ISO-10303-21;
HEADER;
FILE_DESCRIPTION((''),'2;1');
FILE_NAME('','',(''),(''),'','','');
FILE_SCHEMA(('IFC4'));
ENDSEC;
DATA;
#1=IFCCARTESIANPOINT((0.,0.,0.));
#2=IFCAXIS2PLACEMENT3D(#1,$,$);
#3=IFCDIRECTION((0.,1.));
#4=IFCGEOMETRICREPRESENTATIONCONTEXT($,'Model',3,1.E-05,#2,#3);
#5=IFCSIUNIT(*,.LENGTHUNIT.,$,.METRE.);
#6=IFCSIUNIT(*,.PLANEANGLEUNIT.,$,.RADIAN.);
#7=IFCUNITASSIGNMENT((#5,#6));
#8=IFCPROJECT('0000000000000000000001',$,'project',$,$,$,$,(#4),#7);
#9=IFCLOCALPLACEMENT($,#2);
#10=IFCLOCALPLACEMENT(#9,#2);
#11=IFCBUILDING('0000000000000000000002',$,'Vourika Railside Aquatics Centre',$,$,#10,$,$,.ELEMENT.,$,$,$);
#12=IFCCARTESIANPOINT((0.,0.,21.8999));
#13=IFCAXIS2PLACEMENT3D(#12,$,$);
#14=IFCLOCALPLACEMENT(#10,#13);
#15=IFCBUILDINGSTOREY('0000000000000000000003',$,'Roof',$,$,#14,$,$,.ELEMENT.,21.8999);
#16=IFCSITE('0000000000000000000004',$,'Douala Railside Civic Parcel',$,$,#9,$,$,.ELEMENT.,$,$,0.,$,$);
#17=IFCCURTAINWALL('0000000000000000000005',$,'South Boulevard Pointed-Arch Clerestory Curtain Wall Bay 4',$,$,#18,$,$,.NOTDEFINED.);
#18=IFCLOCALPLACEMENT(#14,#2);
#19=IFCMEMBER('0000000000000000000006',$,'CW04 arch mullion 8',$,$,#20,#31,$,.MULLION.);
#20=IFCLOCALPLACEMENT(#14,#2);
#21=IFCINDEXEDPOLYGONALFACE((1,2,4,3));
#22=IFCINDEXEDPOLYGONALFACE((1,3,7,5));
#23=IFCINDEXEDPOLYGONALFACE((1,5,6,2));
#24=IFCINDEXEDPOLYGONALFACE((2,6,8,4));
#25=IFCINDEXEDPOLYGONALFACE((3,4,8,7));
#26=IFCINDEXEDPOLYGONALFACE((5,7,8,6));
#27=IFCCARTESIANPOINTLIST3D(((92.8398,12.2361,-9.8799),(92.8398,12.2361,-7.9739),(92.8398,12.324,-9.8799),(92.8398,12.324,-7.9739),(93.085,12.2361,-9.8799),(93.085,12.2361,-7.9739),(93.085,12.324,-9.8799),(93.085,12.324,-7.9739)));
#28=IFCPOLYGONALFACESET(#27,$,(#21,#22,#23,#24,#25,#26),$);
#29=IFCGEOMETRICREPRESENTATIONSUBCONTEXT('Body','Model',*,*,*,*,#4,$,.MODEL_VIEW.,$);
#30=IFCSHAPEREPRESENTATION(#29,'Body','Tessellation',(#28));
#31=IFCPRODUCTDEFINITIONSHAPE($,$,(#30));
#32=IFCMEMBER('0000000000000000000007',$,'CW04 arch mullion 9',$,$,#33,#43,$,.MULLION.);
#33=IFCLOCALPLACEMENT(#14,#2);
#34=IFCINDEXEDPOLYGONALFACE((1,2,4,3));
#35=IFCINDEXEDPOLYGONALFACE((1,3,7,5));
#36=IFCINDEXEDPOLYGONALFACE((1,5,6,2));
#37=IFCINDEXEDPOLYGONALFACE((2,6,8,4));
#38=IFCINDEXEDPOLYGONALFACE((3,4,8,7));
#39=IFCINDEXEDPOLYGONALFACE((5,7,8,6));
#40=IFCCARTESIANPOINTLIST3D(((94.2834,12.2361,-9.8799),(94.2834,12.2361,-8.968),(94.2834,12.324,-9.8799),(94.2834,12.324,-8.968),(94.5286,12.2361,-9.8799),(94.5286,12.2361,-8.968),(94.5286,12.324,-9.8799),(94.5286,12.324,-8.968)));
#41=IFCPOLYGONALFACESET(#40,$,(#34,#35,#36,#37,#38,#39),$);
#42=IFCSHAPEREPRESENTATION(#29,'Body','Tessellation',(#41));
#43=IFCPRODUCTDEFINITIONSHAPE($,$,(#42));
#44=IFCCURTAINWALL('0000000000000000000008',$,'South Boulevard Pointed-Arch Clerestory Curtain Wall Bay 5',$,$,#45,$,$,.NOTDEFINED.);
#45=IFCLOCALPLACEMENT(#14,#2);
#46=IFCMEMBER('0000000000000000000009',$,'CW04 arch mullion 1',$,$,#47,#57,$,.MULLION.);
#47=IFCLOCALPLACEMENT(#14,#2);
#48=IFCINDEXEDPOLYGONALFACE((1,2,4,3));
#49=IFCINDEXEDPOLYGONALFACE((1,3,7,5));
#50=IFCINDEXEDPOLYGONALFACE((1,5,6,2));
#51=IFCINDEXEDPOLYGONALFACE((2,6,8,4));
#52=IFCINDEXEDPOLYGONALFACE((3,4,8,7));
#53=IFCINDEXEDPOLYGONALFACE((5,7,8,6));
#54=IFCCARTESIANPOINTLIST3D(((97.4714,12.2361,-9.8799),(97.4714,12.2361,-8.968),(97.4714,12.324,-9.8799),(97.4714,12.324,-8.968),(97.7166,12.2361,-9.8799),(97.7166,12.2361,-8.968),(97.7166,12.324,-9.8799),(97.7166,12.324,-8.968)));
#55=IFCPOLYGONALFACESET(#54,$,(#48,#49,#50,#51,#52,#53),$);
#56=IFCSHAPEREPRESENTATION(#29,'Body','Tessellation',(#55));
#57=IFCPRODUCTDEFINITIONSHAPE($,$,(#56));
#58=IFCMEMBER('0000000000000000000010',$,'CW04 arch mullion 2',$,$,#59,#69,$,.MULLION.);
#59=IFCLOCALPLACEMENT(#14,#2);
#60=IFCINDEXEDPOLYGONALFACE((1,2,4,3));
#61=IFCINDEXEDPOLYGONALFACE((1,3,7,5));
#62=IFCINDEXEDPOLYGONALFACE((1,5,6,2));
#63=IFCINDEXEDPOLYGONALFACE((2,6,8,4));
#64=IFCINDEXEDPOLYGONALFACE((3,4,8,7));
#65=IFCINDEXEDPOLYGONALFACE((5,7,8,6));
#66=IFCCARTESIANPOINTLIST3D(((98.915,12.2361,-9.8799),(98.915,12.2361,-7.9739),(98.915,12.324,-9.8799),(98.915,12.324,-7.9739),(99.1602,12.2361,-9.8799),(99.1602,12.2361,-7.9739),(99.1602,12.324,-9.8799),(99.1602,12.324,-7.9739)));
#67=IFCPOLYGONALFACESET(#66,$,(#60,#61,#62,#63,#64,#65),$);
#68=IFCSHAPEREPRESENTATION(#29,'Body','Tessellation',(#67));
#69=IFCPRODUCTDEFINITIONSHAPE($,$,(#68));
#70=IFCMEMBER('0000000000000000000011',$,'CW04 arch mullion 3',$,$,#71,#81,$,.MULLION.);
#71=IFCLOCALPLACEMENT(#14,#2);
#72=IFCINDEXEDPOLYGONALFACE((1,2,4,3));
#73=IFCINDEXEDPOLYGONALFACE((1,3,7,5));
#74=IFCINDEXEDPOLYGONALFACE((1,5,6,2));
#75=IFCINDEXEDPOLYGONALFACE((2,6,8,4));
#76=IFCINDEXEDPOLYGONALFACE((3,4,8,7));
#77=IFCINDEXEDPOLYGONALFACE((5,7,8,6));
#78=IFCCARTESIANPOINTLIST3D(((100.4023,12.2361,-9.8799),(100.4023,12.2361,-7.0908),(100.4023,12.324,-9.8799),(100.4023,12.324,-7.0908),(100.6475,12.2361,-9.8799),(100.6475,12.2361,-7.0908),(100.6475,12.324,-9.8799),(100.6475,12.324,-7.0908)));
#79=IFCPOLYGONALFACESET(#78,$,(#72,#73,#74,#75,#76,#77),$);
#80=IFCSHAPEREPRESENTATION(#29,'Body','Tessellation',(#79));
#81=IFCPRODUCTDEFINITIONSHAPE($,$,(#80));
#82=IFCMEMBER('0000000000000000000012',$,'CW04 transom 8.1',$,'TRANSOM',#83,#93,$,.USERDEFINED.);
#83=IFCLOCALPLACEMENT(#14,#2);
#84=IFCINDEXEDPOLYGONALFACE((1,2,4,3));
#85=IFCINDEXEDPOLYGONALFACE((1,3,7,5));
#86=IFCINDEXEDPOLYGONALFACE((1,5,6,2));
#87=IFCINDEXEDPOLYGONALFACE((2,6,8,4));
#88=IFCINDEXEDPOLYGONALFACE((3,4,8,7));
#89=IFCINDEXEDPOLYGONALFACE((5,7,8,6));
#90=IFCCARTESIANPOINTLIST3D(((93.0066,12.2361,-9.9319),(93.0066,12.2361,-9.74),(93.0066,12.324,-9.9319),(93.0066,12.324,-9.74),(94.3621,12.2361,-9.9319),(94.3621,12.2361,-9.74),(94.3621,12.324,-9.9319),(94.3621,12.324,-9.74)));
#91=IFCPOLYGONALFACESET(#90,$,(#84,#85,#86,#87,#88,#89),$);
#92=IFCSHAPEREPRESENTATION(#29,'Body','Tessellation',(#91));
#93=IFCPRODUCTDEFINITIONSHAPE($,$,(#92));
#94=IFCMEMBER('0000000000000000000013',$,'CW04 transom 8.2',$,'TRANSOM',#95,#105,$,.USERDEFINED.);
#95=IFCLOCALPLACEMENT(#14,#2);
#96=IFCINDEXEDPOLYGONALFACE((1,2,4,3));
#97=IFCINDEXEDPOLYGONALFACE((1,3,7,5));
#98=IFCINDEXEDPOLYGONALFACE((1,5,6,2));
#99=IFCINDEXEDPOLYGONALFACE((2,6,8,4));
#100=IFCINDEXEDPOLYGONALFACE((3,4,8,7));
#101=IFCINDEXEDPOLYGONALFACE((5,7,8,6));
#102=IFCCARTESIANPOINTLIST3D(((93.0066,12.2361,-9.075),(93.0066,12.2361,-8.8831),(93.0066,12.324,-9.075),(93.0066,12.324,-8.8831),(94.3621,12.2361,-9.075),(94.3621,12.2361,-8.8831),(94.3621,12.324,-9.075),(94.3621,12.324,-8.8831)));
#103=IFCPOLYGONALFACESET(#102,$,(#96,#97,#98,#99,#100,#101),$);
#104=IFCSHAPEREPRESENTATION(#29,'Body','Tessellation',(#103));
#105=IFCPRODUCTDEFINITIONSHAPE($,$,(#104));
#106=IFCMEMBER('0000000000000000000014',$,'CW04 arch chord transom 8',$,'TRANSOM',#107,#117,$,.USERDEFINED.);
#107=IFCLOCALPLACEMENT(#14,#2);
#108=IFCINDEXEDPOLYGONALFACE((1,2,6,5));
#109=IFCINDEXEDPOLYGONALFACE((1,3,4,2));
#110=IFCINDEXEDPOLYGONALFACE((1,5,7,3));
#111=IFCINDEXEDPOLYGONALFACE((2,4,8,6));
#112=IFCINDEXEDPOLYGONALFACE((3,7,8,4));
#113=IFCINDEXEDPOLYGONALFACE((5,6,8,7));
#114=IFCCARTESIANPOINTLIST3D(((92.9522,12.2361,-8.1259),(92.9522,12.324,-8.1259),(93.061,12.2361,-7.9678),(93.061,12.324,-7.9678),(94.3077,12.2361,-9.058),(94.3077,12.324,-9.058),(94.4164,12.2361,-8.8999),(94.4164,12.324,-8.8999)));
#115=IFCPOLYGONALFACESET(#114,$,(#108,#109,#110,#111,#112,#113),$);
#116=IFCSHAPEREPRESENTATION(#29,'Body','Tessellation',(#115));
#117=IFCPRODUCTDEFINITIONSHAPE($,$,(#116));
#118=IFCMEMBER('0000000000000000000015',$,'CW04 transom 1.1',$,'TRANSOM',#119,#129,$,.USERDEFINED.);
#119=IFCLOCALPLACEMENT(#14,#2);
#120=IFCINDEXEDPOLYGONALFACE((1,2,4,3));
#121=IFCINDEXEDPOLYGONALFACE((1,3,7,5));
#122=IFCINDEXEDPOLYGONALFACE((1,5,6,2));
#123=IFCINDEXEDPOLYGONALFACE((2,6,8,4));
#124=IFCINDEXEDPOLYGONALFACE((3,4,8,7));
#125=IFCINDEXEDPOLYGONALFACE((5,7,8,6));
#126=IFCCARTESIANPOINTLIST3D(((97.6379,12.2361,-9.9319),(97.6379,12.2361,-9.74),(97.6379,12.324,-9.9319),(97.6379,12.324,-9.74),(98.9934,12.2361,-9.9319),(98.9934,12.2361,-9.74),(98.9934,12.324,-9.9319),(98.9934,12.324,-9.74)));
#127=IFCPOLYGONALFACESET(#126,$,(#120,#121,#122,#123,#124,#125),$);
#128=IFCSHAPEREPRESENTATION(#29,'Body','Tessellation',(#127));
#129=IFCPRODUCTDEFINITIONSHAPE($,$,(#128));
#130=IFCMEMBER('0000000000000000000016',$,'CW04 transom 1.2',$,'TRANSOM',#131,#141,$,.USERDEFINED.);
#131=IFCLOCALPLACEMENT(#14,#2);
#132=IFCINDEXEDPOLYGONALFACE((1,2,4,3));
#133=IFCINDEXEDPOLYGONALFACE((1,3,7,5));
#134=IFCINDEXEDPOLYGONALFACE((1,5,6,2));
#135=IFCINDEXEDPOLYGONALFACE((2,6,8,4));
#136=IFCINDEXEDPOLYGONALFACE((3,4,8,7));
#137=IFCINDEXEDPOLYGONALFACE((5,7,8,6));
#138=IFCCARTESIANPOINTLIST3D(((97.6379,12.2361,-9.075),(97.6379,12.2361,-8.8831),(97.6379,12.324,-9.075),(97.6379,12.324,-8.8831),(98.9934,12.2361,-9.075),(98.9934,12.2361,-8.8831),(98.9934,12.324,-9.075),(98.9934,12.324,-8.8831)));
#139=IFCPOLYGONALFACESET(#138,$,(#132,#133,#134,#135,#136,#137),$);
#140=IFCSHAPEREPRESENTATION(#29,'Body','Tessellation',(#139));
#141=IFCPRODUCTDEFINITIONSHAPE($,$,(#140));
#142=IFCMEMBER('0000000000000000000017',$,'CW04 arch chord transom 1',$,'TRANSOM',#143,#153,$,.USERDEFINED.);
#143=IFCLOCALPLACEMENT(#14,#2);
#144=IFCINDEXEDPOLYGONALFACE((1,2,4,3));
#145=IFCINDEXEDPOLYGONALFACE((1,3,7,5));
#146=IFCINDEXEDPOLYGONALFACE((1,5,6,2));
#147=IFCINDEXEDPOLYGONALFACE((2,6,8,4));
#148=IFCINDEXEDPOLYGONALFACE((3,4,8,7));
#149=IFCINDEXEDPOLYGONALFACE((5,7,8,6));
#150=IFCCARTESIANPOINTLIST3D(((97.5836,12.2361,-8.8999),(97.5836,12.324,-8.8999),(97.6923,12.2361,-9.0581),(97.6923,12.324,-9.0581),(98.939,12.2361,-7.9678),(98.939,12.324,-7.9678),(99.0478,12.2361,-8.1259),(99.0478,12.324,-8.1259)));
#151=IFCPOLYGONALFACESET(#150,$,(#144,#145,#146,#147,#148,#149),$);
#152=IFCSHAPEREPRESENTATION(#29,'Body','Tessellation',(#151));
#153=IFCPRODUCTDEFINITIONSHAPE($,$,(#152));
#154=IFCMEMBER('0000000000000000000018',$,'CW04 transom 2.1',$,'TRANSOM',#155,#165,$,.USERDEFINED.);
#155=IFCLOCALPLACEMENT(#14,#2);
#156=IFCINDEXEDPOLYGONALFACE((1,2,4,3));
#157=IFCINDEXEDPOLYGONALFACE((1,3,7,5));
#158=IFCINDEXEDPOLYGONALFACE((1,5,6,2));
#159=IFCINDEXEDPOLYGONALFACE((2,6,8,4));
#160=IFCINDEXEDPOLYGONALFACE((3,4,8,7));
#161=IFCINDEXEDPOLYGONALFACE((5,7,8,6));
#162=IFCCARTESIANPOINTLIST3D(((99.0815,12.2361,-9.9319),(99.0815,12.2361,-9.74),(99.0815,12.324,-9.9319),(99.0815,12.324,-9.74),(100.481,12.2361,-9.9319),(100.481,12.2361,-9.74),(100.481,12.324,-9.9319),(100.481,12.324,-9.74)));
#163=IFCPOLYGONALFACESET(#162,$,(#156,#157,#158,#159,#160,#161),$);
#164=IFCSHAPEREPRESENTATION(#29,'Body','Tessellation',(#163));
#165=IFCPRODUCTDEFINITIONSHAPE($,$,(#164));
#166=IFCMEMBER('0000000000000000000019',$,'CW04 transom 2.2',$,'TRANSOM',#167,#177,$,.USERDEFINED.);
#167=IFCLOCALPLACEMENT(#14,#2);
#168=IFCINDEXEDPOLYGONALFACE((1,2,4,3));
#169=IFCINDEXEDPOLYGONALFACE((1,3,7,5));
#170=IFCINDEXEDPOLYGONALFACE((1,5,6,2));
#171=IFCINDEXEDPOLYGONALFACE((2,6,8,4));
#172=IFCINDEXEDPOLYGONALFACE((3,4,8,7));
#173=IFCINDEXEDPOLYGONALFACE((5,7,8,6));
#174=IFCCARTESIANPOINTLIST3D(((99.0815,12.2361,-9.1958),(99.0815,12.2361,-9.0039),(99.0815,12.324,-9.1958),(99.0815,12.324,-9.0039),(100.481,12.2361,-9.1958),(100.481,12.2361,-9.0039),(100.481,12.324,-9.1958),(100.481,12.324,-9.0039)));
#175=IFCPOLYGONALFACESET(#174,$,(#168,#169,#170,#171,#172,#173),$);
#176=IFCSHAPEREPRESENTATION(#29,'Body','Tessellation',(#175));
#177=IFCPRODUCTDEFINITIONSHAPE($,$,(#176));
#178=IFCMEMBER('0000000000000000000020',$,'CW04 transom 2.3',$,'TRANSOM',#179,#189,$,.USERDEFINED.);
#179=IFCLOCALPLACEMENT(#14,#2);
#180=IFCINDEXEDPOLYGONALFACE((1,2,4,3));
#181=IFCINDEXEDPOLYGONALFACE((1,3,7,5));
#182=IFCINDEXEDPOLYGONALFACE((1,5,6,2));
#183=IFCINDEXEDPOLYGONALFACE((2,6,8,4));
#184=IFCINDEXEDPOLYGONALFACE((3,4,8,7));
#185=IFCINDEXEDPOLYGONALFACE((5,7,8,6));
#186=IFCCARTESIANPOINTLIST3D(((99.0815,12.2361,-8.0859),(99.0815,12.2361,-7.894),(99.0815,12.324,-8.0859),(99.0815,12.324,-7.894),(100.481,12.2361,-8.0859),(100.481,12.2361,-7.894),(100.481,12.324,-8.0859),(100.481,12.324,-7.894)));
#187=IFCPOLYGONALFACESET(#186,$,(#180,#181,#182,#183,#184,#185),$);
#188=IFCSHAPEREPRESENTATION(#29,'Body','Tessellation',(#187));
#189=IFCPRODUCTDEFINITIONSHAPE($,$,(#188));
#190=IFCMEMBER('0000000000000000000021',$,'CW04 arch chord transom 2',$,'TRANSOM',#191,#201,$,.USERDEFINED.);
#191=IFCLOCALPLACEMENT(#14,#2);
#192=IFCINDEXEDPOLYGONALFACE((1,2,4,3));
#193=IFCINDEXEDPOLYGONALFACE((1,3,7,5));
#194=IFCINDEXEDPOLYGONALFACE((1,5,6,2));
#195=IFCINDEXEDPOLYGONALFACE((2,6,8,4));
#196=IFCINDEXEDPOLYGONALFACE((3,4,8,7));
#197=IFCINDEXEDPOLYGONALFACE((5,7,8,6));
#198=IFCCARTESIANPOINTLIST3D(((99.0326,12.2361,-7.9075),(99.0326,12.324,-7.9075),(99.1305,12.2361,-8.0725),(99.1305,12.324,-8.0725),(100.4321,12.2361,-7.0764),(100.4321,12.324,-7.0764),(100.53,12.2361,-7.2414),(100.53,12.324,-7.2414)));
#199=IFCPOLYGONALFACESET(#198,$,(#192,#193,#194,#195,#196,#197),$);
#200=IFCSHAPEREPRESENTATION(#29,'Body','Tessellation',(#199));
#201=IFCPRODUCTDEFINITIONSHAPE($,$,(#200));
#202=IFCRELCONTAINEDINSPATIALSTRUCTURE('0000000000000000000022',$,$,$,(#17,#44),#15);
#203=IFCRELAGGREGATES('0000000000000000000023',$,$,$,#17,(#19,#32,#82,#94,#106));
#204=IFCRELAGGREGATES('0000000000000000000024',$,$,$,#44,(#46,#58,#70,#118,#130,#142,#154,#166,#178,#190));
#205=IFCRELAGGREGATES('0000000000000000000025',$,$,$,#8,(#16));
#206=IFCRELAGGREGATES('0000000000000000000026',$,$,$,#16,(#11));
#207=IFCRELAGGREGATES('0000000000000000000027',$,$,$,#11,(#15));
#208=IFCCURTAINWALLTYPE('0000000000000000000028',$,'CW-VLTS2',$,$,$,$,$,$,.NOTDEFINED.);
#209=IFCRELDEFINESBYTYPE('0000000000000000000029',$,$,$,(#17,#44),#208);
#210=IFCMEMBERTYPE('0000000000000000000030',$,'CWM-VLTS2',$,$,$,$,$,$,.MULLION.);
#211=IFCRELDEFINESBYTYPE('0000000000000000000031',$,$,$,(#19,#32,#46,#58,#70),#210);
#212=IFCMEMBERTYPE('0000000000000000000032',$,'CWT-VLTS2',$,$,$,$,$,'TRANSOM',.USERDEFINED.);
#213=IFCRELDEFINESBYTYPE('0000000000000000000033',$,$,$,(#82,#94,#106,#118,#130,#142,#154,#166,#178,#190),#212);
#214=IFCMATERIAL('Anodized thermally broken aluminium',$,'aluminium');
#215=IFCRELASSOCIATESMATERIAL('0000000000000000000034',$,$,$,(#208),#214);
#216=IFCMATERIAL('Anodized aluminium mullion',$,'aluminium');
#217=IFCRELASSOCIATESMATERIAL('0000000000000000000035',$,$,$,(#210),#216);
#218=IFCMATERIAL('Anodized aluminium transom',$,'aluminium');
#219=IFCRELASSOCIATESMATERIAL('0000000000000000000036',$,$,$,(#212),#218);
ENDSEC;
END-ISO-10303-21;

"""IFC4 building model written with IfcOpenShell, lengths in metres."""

from ifc_helpers import new_model, si_unit, direction, frame, origin, origin_2d, place, context, subcontext, project, spatial, rectangle, extrude, material, material_profile, profile_set, type_object, element, aggregate, save


model = new_model("IFC4")

# Units and contexts
model_context = context("Model", 3, precision=1e-05, world=origin(), true_north=direction((0.0, 1.0)))
body_context = subcontext(model_context, "Body", "Model", "MODEL_VIEW")
ifc_project = project(units=[si_unit("LENGTHUNIT", "METRE"), si_unit("PLANEANGLEUNIT", "RADIAN")], contexts=[model_context])

# Site, building, storey
site_placement = place(None, origin())
site = spatial("IfcSite", under=ifc_project, at=site_placement, Name="Douala Railside Civic Parcel", CompositionType="ELEMENT", RefElevation=0.0)
building_placement = place(site_placement, origin())
building = spatial("IfcBuilding", under=site, at=building_placement, Name="Vourika Railside Aquatics Centre", CompositionType="ELEMENT")
storey_placement = place(building_placement, frame((0.0, 0.0, 21.8999)))
storey = spatial("IfcBuildingStorey", under=building, at=storey_placement, Name="Roof", CompositionType="ELEMENT", Elevation=21.8999)

# Curtain walls, members
ifc_material_1 = material(Name="Anodized thermally broken aluminium", Category="aluminium")
curtain_wall_type = type_object("IfcCurtainWallType", Name="CW-VLTS2", PredefinedType="NOTDEFINED", material=ifc_material_1)
curtain_wall_1_placement = place(storey_placement, origin())
curtain_wall_1 = element("IfcCurtainWall", 1, at=curtain_wall_1_placement, inside=storey, type_object=curtain_wall_type, Name="South Boulevard Pointed-Arch Clerestory Curtain Wall Bay 4", PredefinedType="NOTDEFINED")
ifc_material_2 = material(Name="Anodized aluminium mullion", Category="aluminium")
ifc_material_profile_1 = material_profile(ifc_material_2, rectangle(XDim=0.0879, YDim=0.2451, at=origin_2d()), Name="ALU-M 88x245")
ifc_profile_set_1 = profile_set([ifc_material_profile_1], Name="Anodized aluminium mullion")
member_type_1 = type_object("IfcMemberType", Name="CWM-VLTS2", PredefinedType="MULLION", material=ifc_profile_set_1)
member_1_placement = place(storey_placement, frame((92.9624, 12.28, -9.8799), z_axis=(0.0, 0.0, 1.0), x_axis=(0.0, 1.0, 0.0)))
member_1 = element("IfcMember", 2, at=member_1_placement, type_object=member_type_1, Name="CW04 arch mullion 8", PredefinedType="MULLION", context=body_context, shape_type="SweptSolid", body=[
    extrude(rectangle(XDim=0.0879, YDim=0.2451, at=origin_2d()), origin(), (0.0, 0.0, 1.0), 1.906),
])
member_2_placement = place(storey_placement, frame((94.406, 12.28, -9.8799), z_axis=(0.0, 0.0, 1.0), x_axis=(0.0, 1.0, 0.0)))
member_2 = element("IfcMember", 3, at=member_2_placement, type_object=member_type_1, Name="CW04 arch mullion 9", PredefinedType="MULLION", context=body_context, shape_type="SweptSolid", body=[
    extrude(rectangle(XDim=0.0879, YDim=0.2451, at=origin_2d()), origin(), (0.0, 0.0, 1.0), 0.9119),
])
curtain_wall_2_placement = place(storey_placement, origin())
curtain_wall_2 = element("IfcCurtainWall", 4, at=curtain_wall_2_placement, inside=storey, type_object=curtain_wall_type, Name="South Boulevard Pointed-Arch Clerestory Curtain Wall Bay 5", PredefinedType="NOTDEFINED")
member_3_placement = place(storey_placement, frame((97.594, 12.28, -9.8799), z_axis=(0.0, 0.0, 1.0), x_axis=(0.0, 1.0, 0.0)))
member_3 = element("IfcMember", 5, at=member_3_placement, type_object=member_type_1, Name="CW04 arch mullion 1", PredefinedType="MULLION", context=body_context, shape_type="SweptSolid", body=[
    extrude(rectangle(XDim=0.0879, YDim=0.2451, at=origin_2d()), origin(), (0.0, 0.0, 1.0), 0.9119),
])
member_4_placement = place(storey_placement, frame((99.0376, 12.28, -9.8799), z_axis=(0.0, 0.0, 1.0), x_axis=(0.0, 1.0, 0.0)))
member_4 = element("IfcMember", 6, at=member_4_placement, type_object=member_type_1, Name="CW04 arch mullion 2", PredefinedType="MULLION", context=body_context, shape_type="SweptSolid", body=[
    extrude(rectangle(XDim=0.0879, YDim=0.2451, at=origin_2d()), origin(), (0.0, 0.0, 1.0), 1.906),
])
member_5_placement = place(storey_placement, frame((100.5249, 12.28, -9.8799), z_axis=(0.0, 0.0, 1.0), x_axis=(0.0, 1.0, 0.0)))
member_5 = element("IfcMember", 7, at=member_5_placement, type_object=member_type_1, Name="CW04 arch mullion 3", PredefinedType="MULLION", context=body_context, shape_type="SweptSolid", body=[
    extrude(rectangle(XDim=0.0879, YDim=0.2451, at=origin_2d()), origin(), (0.0, 0.0, 1.0), 2.7891),
])

# Members
ifc_material_3 = material(Name="Anodized aluminium transom", Category="aluminium")
ifc_material_profile_2 = material_profile(ifc_material_3, rectangle(XDim=0.0879, YDim=0.1919, at=origin_2d()), Name="ALU-T 88x192")
ifc_profile_set_2 = profile_set([ifc_material_profile_2], Name="Anodized aluminium transom")
member_type_2 = type_object("IfcMemberType", Name="CWT-VLTS2", ElementType="TRANSOM", PredefinedType="USERDEFINED", material=ifc_profile_set_2)
member_6_placement = place(storey_placement, frame((93.0066, 12.28, -9.8359), z_axis=(1.0, 0.0, 0.0), x_axis=(0.0, 1.0, 0.0)))
member_6 = element("IfcMember", 8, at=member_6_placement, type_object=member_type_2, Name="CW04 transom 8.1", ObjectType="TRANSOM", PredefinedType="USERDEFINED", context=body_context, shape_type="SweptSolid", body=[
    extrude(rectangle(XDim=0.0879, YDim=0.1919, at=origin_2d()), origin(), (0.0, 0.0, 1.0), 1.3555),
])
member_7_placement = place(storey_placement, frame((93.0066, 12.28, -8.979), z_axis=(1.0, 0.0, 0.0), x_axis=(0.0, 1.0, 0.0)))
member_7 = element("IfcMember", 9, at=member_7_placement, type_object=member_type_2, Name="CW04 transom 8.2", ObjectType="TRANSOM", PredefinedType="USERDEFINED", context=body_context, shape_type="SweptSolid", body=[
    extrude(rectangle(XDim=0.0879, YDim=0.1919, at=origin_2d()), origin(), (0.0, 0.0, 1.0), 1.3555),
])
member_8_placement = place(storey_placement, frame((93.0066, 12.28, -8.0469), z_axis=(0.823973, 0.0, -0.56663), x_axis=(0.0, 1.0, 0.0)))
member_8 = element("IfcMember", 10, at=member_8_placement, type_object=member_type_2, Name="CW04 arch chord transom 8", ObjectType="TRANSOM", PredefinedType="USERDEFINED", context=body_context, shape_type="SweptSolid", body=[
    extrude(rectangle(XDim=0.0879, YDim=0.1919, at=origin_2d()), origin(), (0.0, 0.0, 1.0), 1.645),
])
member_9_placement = place(storey_placement, frame((97.6379, 12.28, -9.8359), z_axis=(1.0, 0.0, 0.0), x_axis=(0.0, 1.0, 0.0)))
member_9 = element("IfcMember", 11, at=member_9_placement, type_object=member_type_2, Name="CW04 transom 1.1", ObjectType="TRANSOM", PredefinedType="USERDEFINED", context=body_context, shape_type="SweptSolid", body=[
    extrude(rectangle(XDim=0.0879, YDim=0.1919, at=origin_2d()), origin(), (0.0, 0.0, 1.0), 1.3555),
])
member_10_placement = place(storey_placement, frame((97.6379, 12.28, -8.979), z_axis=(1.0, 0.0, 0.0), x_axis=(0.0, 1.0, 0.0)))
member_10 = element("IfcMember", 12, at=member_10_placement, type_object=member_type_2, Name="CW04 transom 1.2", ObjectType="TRANSOM", PredefinedType="USERDEFINED", context=body_context, shape_type="SweptSolid", body=[
    extrude(rectangle(XDim=0.0879, YDim=0.1919, at=origin_2d()), origin(), (0.0, 0.0, 1.0), 1.3555),
])
member_11_placement = place(storey_placement, frame((97.6379, 12.28, -8.979), z_axis=(0.823973, 0.0, 0.56663), x_axis=(0.0, 1.0, 0.0)))
member_11 = element("IfcMember", 13, at=member_11_placement, type_object=member_type_2, Name="CW04 arch chord transom 1", ObjectType="TRANSOM", PredefinedType="USERDEFINED", context=body_context, shape_type="SweptSolid", body=[
    extrude(rectangle(XDim=0.0879, YDim=0.1919, at=origin_2d()), origin(), (0.0, 0.0, 1.0), 1.645),
])
member_12_placement = place(storey_placement, frame((99.0815, 12.28, -9.8359), z_axis=(1.0, 0.0, 0.0), x_axis=(0.0, 1.0, 0.0)))
member_12 = element("IfcMember", 14, at=member_12_placement, type_object=member_type_2, Name="CW04 transom 2.1", ObjectType="TRANSOM", PredefinedType="USERDEFINED", context=body_context, shape_type="SweptSolid", body=[
    extrude(rectangle(XDim=0.0879, YDim=0.1919, at=origin_2d()), origin(), (0.0, 0.0, 1.0), 1.3994),
])
member_13_placement = place(storey_placement, frame((99.0815, 12.28, -9.0999), z_axis=(1.0, 0.0, 0.0), x_axis=(0.0, 1.0, 0.0)))
member_13 = element("IfcMember", 15, at=member_13_placement, type_object=member_type_2, Name="CW04 transom 2.2", ObjectType="TRANSOM", PredefinedType="USERDEFINED", context=body_context, shape_type="SweptSolid", body=[
    extrude(rectangle(XDim=0.0879, YDim=0.1919, at=origin_2d()), origin(), (0.0, 0.0, 1.0), 1.3994),
])
member_14_placement = place(storey_placement, frame((99.0815, 12.28, -7.99), z_axis=(1.0, 0.0, 0.0), x_axis=(0.0, 1.0, 0.0)))
member_14 = element("IfcMember", 16, at=member_14_placement, type_object=member_type_2, Name="CW04 transom 2.3", ObjectType="TRANSOM", PredefinedType="USERDEFINED", context=body_context, shape_type="SweptSolid", body=[
    extrude(rectangle(XDim=0.0879, YDim=0.1919, at=origin_2d()), origin(), (0.0, 0.0, 1.0), 1.3994),
])
member_15_placement = place(storey_placement, frame((99.0815, 12.28, -7.99), z_axis=(0.859814, 0.0, 0.510608), x_axis=(0.0, 1.0, 0.0)))
member_15 = element("IfcMember", 17, at=member_15_placement, type_object=member_type_2, Name="CW04 arch chord transom 2", ObjectType="TRANSOM", PredefinedType="USERDEFINED", context=body_context, shape_type="SweptSolid", body=[
    extrude(rectangle(XDim=0.0879, YDim=0.1919, at=origin_2d()), origin(), (0.0, 0.0, 1.0), 1.6277),
])

aggregate(curtain_wall_1, [member_1, member_2, member_6, member_7, member_8])
aggregate(curtain_wall_2, [member_3, member_4, member_5, member_9, member_10, member_11, member_12, member_13, member_14, member_15])

save(model, "model.ifc")
